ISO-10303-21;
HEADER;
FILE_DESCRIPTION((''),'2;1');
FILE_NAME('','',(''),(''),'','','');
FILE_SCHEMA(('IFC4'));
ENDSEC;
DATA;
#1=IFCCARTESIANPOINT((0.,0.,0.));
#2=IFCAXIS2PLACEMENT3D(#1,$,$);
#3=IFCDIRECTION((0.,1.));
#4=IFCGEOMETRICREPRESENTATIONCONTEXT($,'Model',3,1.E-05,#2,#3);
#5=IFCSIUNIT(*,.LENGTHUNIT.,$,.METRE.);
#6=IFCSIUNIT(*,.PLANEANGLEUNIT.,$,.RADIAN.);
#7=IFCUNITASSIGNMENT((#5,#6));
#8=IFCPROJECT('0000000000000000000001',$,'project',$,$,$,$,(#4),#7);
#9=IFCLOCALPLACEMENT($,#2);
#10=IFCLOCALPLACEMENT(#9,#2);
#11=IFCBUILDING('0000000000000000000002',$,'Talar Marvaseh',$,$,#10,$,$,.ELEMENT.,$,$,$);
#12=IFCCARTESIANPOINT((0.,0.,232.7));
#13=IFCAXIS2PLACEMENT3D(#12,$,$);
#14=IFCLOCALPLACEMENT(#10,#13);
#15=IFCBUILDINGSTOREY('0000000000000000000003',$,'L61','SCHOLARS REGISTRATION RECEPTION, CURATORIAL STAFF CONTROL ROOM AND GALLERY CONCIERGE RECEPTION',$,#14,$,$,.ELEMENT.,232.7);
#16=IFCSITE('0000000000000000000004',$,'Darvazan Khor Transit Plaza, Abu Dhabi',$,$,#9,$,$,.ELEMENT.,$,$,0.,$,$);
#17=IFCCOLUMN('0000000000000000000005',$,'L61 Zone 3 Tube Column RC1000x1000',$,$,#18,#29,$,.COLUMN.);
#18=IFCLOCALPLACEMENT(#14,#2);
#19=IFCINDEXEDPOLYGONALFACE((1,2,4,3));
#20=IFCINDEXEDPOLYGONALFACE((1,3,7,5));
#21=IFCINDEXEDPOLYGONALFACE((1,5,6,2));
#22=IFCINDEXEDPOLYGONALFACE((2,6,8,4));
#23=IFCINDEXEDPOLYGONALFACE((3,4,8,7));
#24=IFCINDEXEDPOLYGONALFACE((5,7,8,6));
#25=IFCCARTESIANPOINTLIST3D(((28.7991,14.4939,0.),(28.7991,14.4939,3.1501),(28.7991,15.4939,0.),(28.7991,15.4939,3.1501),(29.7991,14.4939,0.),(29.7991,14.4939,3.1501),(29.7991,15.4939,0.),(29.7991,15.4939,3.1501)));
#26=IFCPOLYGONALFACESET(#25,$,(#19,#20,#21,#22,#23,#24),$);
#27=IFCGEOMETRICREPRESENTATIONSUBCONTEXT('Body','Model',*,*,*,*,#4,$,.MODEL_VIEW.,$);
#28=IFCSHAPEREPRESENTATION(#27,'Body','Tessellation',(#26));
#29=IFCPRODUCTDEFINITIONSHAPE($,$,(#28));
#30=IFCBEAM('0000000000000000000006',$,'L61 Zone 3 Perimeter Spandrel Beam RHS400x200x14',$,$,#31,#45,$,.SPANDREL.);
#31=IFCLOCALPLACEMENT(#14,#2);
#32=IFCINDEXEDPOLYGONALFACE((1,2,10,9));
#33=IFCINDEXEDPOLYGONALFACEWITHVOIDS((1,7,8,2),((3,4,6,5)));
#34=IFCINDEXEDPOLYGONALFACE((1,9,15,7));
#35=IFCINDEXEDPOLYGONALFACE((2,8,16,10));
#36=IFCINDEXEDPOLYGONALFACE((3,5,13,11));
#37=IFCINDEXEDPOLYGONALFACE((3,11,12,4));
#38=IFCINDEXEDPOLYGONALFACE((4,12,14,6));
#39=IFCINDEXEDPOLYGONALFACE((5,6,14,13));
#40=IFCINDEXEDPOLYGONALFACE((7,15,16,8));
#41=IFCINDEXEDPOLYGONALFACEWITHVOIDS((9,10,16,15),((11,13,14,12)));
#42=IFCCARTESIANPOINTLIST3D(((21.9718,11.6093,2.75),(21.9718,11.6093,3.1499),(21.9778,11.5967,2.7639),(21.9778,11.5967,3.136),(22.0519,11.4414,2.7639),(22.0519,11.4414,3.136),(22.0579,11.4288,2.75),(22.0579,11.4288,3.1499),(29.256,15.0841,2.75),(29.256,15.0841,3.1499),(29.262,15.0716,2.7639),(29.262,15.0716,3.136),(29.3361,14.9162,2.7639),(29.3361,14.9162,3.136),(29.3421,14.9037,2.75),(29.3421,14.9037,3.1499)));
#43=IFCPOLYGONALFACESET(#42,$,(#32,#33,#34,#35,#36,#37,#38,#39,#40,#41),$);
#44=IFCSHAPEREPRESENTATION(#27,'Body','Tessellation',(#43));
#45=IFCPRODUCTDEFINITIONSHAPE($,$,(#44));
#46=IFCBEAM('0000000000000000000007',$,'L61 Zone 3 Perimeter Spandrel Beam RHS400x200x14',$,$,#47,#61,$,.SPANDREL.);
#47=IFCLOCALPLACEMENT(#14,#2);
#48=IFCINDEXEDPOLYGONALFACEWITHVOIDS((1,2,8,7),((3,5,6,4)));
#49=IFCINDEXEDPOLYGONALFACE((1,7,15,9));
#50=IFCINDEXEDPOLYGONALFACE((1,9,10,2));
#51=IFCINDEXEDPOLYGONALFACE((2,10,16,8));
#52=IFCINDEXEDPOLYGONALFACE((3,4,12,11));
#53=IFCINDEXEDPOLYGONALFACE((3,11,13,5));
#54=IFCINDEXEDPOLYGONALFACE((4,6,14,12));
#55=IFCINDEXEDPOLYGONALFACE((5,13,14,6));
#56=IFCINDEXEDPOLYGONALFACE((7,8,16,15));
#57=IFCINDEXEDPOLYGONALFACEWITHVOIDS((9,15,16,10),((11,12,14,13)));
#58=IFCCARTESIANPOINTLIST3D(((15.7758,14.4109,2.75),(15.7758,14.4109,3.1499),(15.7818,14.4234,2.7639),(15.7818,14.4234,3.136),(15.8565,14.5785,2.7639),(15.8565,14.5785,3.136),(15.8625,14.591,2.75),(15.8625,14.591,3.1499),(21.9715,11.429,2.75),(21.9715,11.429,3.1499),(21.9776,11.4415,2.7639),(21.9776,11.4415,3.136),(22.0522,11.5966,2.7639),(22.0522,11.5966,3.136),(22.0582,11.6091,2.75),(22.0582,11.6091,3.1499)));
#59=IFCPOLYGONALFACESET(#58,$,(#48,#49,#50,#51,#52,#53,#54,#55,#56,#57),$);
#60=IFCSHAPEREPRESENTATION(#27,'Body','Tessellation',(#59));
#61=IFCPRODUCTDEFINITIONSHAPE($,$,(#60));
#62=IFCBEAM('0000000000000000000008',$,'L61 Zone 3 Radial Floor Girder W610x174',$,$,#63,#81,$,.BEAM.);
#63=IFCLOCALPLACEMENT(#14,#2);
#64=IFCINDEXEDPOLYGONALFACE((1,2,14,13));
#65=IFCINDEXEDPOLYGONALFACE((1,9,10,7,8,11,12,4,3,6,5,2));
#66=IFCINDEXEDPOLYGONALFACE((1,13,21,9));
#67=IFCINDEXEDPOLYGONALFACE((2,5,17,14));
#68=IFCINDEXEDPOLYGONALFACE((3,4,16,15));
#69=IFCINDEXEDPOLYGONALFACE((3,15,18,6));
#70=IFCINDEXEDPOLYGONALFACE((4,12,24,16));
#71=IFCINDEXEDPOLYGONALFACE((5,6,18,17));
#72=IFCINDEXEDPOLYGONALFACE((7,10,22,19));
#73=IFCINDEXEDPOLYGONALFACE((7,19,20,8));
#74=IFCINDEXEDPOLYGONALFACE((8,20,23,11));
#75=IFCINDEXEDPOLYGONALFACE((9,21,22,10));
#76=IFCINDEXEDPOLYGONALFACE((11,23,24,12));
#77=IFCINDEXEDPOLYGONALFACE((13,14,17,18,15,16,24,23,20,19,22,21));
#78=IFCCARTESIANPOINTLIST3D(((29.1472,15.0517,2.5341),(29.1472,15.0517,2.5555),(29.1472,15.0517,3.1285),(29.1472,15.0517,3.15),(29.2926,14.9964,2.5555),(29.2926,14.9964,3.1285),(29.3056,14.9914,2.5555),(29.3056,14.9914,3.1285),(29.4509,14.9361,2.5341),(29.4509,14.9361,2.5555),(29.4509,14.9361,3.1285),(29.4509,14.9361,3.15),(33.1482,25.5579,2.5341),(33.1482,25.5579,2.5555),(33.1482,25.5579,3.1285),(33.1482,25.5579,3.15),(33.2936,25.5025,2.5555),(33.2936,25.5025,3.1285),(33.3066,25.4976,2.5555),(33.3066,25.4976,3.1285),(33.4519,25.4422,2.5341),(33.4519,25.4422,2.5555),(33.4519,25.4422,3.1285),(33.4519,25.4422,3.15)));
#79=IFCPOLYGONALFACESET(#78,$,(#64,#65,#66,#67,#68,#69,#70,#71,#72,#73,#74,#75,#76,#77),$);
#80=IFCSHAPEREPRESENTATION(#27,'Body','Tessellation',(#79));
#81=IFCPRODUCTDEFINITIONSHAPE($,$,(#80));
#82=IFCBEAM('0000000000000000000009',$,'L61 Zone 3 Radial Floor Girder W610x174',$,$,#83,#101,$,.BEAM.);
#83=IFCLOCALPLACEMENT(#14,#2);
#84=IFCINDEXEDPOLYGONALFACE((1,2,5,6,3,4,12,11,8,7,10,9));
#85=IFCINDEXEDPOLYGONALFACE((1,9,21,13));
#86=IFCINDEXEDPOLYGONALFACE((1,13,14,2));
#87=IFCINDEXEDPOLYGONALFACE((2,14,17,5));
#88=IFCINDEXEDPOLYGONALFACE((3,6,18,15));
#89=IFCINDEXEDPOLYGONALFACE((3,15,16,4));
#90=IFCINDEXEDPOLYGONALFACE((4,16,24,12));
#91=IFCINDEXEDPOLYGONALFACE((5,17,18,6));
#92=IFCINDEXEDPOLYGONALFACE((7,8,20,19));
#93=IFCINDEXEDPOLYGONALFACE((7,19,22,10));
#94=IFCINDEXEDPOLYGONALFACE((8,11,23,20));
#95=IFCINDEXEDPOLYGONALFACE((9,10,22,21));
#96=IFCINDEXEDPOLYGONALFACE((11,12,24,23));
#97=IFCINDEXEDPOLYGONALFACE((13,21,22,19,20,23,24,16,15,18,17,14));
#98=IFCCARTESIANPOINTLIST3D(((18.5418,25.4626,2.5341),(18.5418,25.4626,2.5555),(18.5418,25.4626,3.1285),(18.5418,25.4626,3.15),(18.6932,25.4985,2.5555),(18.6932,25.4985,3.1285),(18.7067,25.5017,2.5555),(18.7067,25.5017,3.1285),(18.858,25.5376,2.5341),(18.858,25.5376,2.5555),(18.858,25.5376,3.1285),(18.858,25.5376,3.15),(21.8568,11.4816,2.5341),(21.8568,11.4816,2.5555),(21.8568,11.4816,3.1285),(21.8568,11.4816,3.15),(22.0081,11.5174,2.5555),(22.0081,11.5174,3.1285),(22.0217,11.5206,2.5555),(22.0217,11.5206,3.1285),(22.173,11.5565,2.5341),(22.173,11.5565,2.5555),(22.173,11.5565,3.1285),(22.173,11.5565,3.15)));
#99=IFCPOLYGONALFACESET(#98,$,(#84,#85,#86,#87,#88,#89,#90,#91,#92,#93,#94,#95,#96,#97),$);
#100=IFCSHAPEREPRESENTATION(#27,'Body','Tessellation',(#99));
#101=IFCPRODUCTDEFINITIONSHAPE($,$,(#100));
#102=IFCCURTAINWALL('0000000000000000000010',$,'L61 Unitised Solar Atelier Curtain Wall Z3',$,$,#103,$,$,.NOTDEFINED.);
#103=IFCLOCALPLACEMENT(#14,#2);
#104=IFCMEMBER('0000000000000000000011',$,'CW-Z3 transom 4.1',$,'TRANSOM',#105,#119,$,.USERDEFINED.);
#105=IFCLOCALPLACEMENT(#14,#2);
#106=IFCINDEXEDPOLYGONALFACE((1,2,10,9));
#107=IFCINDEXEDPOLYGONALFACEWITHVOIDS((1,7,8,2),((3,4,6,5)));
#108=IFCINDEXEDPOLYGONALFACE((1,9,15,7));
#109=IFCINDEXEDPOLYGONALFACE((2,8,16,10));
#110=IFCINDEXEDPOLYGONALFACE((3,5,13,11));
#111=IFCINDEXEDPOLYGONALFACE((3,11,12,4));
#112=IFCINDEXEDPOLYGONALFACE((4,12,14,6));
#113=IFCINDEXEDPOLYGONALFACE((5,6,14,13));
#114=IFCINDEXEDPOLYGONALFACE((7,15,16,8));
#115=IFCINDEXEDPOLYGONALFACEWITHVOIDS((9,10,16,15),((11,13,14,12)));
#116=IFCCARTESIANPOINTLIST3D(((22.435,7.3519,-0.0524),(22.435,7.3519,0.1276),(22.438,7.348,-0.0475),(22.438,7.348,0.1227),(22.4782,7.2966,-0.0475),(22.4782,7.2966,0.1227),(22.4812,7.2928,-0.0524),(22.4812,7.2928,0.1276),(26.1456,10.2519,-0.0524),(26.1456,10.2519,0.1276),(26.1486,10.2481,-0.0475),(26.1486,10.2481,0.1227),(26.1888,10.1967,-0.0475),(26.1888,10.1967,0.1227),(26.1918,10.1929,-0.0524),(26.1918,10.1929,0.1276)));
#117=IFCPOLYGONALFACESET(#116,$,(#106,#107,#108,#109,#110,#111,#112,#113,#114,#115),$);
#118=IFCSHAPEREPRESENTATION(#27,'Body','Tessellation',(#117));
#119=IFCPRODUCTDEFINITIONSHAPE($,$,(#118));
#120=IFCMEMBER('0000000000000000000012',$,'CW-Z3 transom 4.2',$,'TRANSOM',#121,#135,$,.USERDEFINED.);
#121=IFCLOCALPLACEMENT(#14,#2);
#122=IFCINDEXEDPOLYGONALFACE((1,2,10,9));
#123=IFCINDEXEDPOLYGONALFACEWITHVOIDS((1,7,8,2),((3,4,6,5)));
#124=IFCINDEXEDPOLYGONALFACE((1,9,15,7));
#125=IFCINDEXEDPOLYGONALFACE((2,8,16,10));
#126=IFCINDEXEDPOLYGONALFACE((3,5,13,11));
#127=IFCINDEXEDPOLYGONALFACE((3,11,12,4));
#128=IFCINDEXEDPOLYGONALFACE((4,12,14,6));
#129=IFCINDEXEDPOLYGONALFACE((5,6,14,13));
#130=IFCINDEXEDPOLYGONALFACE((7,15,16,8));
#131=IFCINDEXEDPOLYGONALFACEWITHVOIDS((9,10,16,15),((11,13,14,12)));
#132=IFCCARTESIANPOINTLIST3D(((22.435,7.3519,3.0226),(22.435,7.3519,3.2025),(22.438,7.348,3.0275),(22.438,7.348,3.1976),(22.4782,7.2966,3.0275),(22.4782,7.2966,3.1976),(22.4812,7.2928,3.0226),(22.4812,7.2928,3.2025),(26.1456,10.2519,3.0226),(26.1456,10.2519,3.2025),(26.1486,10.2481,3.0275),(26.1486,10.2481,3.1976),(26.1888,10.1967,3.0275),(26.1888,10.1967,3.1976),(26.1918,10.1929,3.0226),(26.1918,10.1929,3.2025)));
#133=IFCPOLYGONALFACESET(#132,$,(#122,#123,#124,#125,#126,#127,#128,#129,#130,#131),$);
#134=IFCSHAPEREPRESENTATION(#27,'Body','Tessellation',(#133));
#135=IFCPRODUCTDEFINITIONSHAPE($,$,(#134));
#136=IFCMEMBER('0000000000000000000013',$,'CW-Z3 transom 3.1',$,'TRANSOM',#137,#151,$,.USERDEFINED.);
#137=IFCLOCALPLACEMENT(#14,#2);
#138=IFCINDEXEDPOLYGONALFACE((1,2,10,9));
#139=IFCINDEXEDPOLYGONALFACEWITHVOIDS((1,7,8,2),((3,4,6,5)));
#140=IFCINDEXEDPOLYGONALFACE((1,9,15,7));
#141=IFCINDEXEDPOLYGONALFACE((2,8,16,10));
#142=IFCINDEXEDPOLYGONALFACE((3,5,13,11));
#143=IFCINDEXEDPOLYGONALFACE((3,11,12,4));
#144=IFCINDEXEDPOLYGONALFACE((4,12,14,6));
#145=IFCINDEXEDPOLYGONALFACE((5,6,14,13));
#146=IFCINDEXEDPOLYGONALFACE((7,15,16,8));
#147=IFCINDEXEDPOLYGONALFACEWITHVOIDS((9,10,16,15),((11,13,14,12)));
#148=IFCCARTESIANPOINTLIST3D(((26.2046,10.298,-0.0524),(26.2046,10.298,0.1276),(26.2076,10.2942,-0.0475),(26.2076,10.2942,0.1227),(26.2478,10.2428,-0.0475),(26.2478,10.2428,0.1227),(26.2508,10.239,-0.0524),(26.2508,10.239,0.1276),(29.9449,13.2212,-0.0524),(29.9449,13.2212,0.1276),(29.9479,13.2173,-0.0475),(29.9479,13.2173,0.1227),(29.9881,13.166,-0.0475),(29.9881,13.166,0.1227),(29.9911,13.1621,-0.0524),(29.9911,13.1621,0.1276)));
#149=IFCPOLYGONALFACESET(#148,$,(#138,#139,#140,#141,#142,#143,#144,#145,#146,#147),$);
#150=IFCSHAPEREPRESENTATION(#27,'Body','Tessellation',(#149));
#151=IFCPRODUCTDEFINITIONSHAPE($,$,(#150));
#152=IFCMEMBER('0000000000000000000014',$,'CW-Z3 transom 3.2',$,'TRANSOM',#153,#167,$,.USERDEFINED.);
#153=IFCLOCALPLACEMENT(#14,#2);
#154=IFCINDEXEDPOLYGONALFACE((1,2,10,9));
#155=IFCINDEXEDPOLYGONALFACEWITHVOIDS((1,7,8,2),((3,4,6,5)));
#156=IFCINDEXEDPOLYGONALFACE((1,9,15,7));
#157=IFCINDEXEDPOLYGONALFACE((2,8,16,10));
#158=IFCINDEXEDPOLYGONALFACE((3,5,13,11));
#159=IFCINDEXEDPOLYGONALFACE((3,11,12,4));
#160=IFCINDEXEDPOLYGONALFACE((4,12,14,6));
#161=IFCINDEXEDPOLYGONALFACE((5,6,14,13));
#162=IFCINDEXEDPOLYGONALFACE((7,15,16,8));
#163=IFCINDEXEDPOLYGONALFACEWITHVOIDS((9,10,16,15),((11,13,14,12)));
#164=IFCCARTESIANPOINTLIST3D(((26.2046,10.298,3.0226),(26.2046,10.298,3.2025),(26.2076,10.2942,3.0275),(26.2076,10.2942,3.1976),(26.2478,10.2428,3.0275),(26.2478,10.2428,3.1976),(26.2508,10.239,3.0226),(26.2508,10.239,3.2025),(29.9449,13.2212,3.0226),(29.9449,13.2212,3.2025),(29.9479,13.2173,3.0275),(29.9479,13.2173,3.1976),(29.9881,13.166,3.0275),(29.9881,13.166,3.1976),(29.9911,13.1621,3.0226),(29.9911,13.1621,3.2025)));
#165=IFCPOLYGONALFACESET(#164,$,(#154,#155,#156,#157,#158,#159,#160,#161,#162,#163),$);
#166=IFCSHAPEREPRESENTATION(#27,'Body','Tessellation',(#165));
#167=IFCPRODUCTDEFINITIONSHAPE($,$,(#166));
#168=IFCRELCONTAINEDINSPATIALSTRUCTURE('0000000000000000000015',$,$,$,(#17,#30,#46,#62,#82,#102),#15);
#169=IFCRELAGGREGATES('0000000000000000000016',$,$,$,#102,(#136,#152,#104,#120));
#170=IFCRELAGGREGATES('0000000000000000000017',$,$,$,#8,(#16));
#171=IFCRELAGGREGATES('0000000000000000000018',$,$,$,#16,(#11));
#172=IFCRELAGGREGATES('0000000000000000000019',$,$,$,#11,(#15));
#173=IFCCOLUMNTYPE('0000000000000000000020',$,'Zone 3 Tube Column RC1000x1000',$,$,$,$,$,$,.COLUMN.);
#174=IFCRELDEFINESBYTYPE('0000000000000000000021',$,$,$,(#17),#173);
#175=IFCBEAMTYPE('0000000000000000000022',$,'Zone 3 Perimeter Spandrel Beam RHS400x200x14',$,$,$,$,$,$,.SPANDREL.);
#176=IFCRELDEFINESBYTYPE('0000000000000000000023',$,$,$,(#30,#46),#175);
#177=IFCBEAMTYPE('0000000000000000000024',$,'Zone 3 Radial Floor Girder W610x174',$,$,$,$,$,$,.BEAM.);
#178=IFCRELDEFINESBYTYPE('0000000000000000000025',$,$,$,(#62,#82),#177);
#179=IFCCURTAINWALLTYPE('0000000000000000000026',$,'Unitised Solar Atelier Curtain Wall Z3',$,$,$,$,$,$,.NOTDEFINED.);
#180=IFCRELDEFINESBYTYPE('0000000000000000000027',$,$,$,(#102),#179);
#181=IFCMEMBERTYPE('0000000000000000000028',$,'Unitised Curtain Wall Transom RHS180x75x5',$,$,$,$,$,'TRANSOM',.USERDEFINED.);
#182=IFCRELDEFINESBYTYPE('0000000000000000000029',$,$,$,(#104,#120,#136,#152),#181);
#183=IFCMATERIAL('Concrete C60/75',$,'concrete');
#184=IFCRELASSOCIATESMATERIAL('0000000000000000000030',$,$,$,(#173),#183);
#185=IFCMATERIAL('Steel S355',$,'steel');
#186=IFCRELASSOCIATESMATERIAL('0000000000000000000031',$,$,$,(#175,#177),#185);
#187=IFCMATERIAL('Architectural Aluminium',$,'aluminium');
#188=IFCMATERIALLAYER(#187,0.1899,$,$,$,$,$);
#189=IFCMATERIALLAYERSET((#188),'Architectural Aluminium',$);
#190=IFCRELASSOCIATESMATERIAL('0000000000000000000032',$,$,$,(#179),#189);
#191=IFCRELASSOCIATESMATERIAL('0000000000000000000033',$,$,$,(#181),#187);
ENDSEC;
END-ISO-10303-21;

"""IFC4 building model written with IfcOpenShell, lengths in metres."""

from ifc_helpers import new_model, si_unit, direction, frame, origin, origin_2d, place, context, subcontext, project, spatial, rectangle, hollow_rectangle, i_section, extrude, source, transform, mapped, material, layer, layer_set, material_profile, profile_set, type_object, element, aggregate, save


model = new_model("IFC4")

# Units and contexts
model_context = context("Model", 3, precision=1e-05, world=origin(), true_north=direction((0.0, 1.0)))
body_context = subcontext(model_context, "Body", "Model", "MODEL_VIEW")
ifc_project = project(units=[si_unit("LENGTHUNIT", "METRE"), si_unit("PLANEANGLEUNIT", "RADIAN")], contexts=[model_context])

# Site, building, storey
site_placement = place(None, origin())
site = spatial("IfcSite", under=ifc_project, at=site_placement, Name="Darvazan Khor Transit Plaza, Abu Dhabi", CompositionType="ELEMENT", RefElevation=0.0)
building_placement = place(site_placement, origin())
building = spatial("IfcBuilding", under=site, at=building_placement, Name="Talar Marvaseh", CompositionType="ELEMENT")
storey_placement = place(building_placement, frame((0.0, 0.0, 232.7)))
storey = spatial("IfcBuildingStorey", under=building, at=storey_placement, Name="L61", Description="SCHOLARS REGISTRATION RECEPTION, CURATORIAL STAFF CONTROL ROOM AND GALLERY CONCIERGE RECEPTION", CompositionType="ELEMENT", Elevation=232.7)

# Column
ifc_material_1 = material(Name="Concrete C60/75", Category="concrete")
ifc_material_profile_1 = material_profile(ifc_material_1, rectangle(XDim=1.0, YDim=1.0, at=origin_2d()), Name="RC1000x1000")
ifc_profile_set_1 = profile_set([ifc_material_profile_1], Name="Concrete C60/75")
column_type = type_object("IfcColumnType", Name="Zone 3 Tube Column RC1000x1000", PredefinedType="COLUMN", material=ifc_profile_set_1)
column_placement = place(storey_placement, frame((29.2991, 14.9939, 0.0), z_axis=(0.0, 0.0, 1.0), x_axis=(1.0, 0.0, 0.0)))
element("IfcColumn", 1, at=column_placement, inside=storey, type_object=column_type, Name="L61 Zone 3 Tube Column RC1000x1000", PredefinedType="COLUMN", context=body_context, shape_type="SweptSolid", body=[
    extrude(rectangle(XDim=1.0, YDim=1.0, at=origin_2d()), origin(), (0.0, 0.0, 1.0), 3.1501),
])

# Beams
ifc_material_2 = material(Name="Steel S355", Category="steel")
ifc_material_profile_2 = material_profile(ifc_material_2, hollow_rectangle(XDim=0.2, YDim=0.3999, WallThickness=0.0139, at=origin_2d()), Name="RHS400x200x14")
ifc_profile_set_2 = profile_set([ifc_material_profile_2], Name="Steel S355")
beam_type_1 = type_object("IfcBeamType", Name="Zone 3 Perimeter Spandrel Beam RHS400x200x14", PredefinedType="SPANDREL", material=ifc_profile_set_2)
beam_1_placement = place(storey_placement, frame((29.2991, 14.9939, 2.95), z_axis=(-0.902562, -0.430559, 0.0), x_axis=(0.430559, -0.902562, 0.0)))
element("IfcBeam", 2, at=beam_1_placement, inside=storey, type_object=beam_type_1, Name="L61 Zone 3 Perimeter Spandrel Beam RHS400x200x14", PredefinedType="SPANDREL", context=body_context, shape_type="SweptSolid", body=[
    extrude(hollow_rectangle(XDim=0.2, YDim=0.3999, WallThickness=0.0139, at=origin_2d()), origin(), (0.0, 0.0, 1.0), 8.0706),
])
beam_2_placement = place(storey_placement, frame((22.0149, 11.519, 2.95), z_axis=(-0.901072, 0.43367, 0.0), x_axis=(-0.43367, -0.901072, 0.0)))
element("IfcBeam", 3, at=beam_2_placement, inside=storey, type_object=beam_type_1, Name="L61 Zone 3 Perimeter Spandrel Beam RHS400x200x14", PredefinedType="SPANDREL", context=body_context, shape_type="SweptSolid", body=[
    extrude(hollow_rectangle(XDim=0.2, YDim=0.3999, WallThickness=0.0139, at=origin_2d()), origin(), (0.0, 0.0, 1.0), 6.876),
])
ifc_material_profile_3 = material_profile(ifc_material_2, i_section(OverallWidth=0.325, OverallDepth=0.616, WebThickness=0.0139, FlangeThickness=0.0215, at=origin_2d()), Name="W610x174")
ifc_profile_set_3 = profile_set([ifc_material_profile_3], Name="Steel S355")
beam_type_2 = type_object("IfcBeamType", Name="Zone 3 Radial Floor Girder W610x174", PredefinedType="BEAM", material=ifc_profile_set_3)
beam_3_placement = place(storey_placement, frame((29.2991, 14.9939, 2.842), z_axis=(0.355891, 0.934528, 0.0), x_axis=(-0.934528, 0.355891, 0.0)))
element("IfcBeam", 4, at=beam_3_placement, inside=storey, type_object=beam_type_2, Name="L61 Zone 3 Radial Floor Girder W610x174", PredefinedType="BEAM", context=body_context, shape_type="SweptSolid", body=[
    extrude(i_section(OverallWidth=0.325, OverallDepth=0.616, WebThickness=0.0139, FlangeThickness=0.0215, at=origin_2d()), origin(), (0.0, 0.0, 1.0), 11.2422),
])
beam_4_placement = place(storey_placement, frame((22.0149, 11.519, 2.842), z_axis=(-0.230708, 0.973023, 0.0), x_axis=(-0.973023, -0.230708, 0.0)))
element("IfcBeam", 5, at=beam_4_placement, inside=storey, type_object=beam_type_2, Name="L61 Zone 3 Radial Floor Girder W610x174", PredefinedType="BEAM", context=body_context, shape_type="SweptSolid", body=[
    extrude(i_section(OverallWidth=0.325, OverallDepth=0.616, WebThickness=0.0139, FlangeThickness=0.0215, at=origin_2d()), origin(), (0.0, 0.0, 1.0), 14.3687),
])

# Curtain wall, members
ifc_material_3 = material(Name="Architectural Aluminium", Category="aluminium")
ifc_layer_1 = layer(ifc_material_3, 0.1899)
ifc_layer_set_1 = layer_set([ifc_layer_1], Name="Architectural Aluminium")
curtain_wall_type = type_object("IfcCurtainWallType", Name="Unitised Solar Atelier Curtain Wall Z3", PredefinedType="NOTDEFINED", material=ifc_layer_set_1)
curtain_wall_placement = place(storey_placement, origin())
curtain_wall = element("IfcCurtainWall", 6, at=curtain_wall_placement, inside=storey, type_object=curtain_wall_type, Name="L61 Unitised Solar Atelier Curtain Wall Z3", PredefinedType="NOTDEFINED")
ifc_material_profile_4 = material_profile(ifc_material_3, hollow_rectangle(XDim=0.075, YDim=0.1799, WallThickness=0.0049, at=origin_2d()), Name="RHS180x75x5")
ifc_profile_set_4 = profile_set([ifc_material_profile_4], Name="Architectural Aluminium")
member_type_1 = type_object("IfcMemberType", Name="Unitised Curtain Wall Transom RHS180x75x5", ElementType="TRANSOM", PredefinedType="USERDEFINED", material=ifc_profile_set_4)
shared_shape_1 = source(origin(), body_context, "Body", "SweptSolid", [
    extrude(hollow_rectangle(XDim=0.075, YDim=0.1799, WallThickness=0.0049, at=origin_2d()), origin(), (0.0, 0.0, 1.0), 4.7095),
])
member_1_placement = place(storey_placement, frame((26.1687, 10.2224, 0.0376), z_axis=(-0.787904, -0.615798, 0.0), x_axis=(0.615798, -0.787904, 0.0)))
member_1 = element("IfcMember", 7, at=member_1_placement, type_object=member_type_1, Name="CW-Z3 transom 4.1", ObjectType="TRANSOM", PredefinedType="USERDEFINED", context=body_context, shape_type="MappedRepresentation", body=[
    mapped(shared_shape_1, transform((0.0, 0.0, 0.0), x_axis=(1.0, 0.0, 0.0), y_axis=(0.0, 1.0, 0.0), z_axis=(0.0, 0.0, 1.0), scale=1.0)),
])
member_2_placement = place(storey_placement, frame((26.1687, 10.2224, 3.1125), z_axis=(-0.787904, -0.615798, 0.0), x_axis=(0.615798, -0.787904, 0.0)))
member_2 = element("IfcMember", 8, at=member_2_placement, type_object=member_type_1, Name="CW-Z3 transom 4.2", ObjectType="TRANSOM", PredefinedType="USERDEFINED", context=body_context, shape_type="MappedRepresentation", body=[
    mapped(shared_shape_1, transform((0.0, 0.0, 0.0), x_axis=(1.0, 0.0, 0.0), y_axis=(0.0, 1.0, 0.0), z_axis=(0.0, 0.0, 1.0), scale=1.0)),
])
shared_shape_2 = source(origin(), body_context, "Body", "SweptSolid", [
    extrude(hollow_rectangle(XDim=0.075, YDim=0.1799, WallThickness=0.0049, at=origin_2d()), origin(), (0.0, 0.0, 1.0), 4.7471),
])
member_3_placement = place(storey_placement, frame((29.968, 13.1917, 0.0376), z_axis=(-0.787918, -0.61578, 0.0), x_axis=(0.61578, -0.787918, 0.0)))
member_3 = element("IfcMember", 9, at=member_3_placement, type_object=member_type_1, Name="CW-Z3 transom 3.1", ObjectType="TRANSOM", PredefinedType="USERDEFINED", context=body_context, shape_type="MappedRepresentation", body=[
    mapped(shared_shape_2, transform((0.0, 0.0, 0.0), x_axis=(1.0, 0.0, 0.0), y_axis=(0.0, 1.0, 0.0), z_axis=(0.0, 0.0, 1.0), scale=1.0)),
])
member_4_placement = place(storey_placement, frame((29.968, 13.1917, 3.1125), z_axis=(-0.787918, -0.61578, 0.0), x_axis=(0.61578, -0.787918, 0.0)))
member_4 = element("IfcMember", 10, at=member_4_placement, type_object=member_type_1, Name="CW-Z3 transom 3.2", ObjectType="TRANSOM", PredefinedType="USERDEFINED", context=body_context, shape_type="MappedRepresentation", body=[
    mapped(shared_shape_2, transform((0.0, 0.0, 0.0), x_axis=(1.0, 0.0, 0.0), y_axis=(0.0, 1.0, 0.0), z_axis=(0.0, 0.0, 1.0), scale=1.0)),
])
aggregate(curtain_wall, [member_3, member_4, member_1, member_2])

save(model, "model.ifc")
